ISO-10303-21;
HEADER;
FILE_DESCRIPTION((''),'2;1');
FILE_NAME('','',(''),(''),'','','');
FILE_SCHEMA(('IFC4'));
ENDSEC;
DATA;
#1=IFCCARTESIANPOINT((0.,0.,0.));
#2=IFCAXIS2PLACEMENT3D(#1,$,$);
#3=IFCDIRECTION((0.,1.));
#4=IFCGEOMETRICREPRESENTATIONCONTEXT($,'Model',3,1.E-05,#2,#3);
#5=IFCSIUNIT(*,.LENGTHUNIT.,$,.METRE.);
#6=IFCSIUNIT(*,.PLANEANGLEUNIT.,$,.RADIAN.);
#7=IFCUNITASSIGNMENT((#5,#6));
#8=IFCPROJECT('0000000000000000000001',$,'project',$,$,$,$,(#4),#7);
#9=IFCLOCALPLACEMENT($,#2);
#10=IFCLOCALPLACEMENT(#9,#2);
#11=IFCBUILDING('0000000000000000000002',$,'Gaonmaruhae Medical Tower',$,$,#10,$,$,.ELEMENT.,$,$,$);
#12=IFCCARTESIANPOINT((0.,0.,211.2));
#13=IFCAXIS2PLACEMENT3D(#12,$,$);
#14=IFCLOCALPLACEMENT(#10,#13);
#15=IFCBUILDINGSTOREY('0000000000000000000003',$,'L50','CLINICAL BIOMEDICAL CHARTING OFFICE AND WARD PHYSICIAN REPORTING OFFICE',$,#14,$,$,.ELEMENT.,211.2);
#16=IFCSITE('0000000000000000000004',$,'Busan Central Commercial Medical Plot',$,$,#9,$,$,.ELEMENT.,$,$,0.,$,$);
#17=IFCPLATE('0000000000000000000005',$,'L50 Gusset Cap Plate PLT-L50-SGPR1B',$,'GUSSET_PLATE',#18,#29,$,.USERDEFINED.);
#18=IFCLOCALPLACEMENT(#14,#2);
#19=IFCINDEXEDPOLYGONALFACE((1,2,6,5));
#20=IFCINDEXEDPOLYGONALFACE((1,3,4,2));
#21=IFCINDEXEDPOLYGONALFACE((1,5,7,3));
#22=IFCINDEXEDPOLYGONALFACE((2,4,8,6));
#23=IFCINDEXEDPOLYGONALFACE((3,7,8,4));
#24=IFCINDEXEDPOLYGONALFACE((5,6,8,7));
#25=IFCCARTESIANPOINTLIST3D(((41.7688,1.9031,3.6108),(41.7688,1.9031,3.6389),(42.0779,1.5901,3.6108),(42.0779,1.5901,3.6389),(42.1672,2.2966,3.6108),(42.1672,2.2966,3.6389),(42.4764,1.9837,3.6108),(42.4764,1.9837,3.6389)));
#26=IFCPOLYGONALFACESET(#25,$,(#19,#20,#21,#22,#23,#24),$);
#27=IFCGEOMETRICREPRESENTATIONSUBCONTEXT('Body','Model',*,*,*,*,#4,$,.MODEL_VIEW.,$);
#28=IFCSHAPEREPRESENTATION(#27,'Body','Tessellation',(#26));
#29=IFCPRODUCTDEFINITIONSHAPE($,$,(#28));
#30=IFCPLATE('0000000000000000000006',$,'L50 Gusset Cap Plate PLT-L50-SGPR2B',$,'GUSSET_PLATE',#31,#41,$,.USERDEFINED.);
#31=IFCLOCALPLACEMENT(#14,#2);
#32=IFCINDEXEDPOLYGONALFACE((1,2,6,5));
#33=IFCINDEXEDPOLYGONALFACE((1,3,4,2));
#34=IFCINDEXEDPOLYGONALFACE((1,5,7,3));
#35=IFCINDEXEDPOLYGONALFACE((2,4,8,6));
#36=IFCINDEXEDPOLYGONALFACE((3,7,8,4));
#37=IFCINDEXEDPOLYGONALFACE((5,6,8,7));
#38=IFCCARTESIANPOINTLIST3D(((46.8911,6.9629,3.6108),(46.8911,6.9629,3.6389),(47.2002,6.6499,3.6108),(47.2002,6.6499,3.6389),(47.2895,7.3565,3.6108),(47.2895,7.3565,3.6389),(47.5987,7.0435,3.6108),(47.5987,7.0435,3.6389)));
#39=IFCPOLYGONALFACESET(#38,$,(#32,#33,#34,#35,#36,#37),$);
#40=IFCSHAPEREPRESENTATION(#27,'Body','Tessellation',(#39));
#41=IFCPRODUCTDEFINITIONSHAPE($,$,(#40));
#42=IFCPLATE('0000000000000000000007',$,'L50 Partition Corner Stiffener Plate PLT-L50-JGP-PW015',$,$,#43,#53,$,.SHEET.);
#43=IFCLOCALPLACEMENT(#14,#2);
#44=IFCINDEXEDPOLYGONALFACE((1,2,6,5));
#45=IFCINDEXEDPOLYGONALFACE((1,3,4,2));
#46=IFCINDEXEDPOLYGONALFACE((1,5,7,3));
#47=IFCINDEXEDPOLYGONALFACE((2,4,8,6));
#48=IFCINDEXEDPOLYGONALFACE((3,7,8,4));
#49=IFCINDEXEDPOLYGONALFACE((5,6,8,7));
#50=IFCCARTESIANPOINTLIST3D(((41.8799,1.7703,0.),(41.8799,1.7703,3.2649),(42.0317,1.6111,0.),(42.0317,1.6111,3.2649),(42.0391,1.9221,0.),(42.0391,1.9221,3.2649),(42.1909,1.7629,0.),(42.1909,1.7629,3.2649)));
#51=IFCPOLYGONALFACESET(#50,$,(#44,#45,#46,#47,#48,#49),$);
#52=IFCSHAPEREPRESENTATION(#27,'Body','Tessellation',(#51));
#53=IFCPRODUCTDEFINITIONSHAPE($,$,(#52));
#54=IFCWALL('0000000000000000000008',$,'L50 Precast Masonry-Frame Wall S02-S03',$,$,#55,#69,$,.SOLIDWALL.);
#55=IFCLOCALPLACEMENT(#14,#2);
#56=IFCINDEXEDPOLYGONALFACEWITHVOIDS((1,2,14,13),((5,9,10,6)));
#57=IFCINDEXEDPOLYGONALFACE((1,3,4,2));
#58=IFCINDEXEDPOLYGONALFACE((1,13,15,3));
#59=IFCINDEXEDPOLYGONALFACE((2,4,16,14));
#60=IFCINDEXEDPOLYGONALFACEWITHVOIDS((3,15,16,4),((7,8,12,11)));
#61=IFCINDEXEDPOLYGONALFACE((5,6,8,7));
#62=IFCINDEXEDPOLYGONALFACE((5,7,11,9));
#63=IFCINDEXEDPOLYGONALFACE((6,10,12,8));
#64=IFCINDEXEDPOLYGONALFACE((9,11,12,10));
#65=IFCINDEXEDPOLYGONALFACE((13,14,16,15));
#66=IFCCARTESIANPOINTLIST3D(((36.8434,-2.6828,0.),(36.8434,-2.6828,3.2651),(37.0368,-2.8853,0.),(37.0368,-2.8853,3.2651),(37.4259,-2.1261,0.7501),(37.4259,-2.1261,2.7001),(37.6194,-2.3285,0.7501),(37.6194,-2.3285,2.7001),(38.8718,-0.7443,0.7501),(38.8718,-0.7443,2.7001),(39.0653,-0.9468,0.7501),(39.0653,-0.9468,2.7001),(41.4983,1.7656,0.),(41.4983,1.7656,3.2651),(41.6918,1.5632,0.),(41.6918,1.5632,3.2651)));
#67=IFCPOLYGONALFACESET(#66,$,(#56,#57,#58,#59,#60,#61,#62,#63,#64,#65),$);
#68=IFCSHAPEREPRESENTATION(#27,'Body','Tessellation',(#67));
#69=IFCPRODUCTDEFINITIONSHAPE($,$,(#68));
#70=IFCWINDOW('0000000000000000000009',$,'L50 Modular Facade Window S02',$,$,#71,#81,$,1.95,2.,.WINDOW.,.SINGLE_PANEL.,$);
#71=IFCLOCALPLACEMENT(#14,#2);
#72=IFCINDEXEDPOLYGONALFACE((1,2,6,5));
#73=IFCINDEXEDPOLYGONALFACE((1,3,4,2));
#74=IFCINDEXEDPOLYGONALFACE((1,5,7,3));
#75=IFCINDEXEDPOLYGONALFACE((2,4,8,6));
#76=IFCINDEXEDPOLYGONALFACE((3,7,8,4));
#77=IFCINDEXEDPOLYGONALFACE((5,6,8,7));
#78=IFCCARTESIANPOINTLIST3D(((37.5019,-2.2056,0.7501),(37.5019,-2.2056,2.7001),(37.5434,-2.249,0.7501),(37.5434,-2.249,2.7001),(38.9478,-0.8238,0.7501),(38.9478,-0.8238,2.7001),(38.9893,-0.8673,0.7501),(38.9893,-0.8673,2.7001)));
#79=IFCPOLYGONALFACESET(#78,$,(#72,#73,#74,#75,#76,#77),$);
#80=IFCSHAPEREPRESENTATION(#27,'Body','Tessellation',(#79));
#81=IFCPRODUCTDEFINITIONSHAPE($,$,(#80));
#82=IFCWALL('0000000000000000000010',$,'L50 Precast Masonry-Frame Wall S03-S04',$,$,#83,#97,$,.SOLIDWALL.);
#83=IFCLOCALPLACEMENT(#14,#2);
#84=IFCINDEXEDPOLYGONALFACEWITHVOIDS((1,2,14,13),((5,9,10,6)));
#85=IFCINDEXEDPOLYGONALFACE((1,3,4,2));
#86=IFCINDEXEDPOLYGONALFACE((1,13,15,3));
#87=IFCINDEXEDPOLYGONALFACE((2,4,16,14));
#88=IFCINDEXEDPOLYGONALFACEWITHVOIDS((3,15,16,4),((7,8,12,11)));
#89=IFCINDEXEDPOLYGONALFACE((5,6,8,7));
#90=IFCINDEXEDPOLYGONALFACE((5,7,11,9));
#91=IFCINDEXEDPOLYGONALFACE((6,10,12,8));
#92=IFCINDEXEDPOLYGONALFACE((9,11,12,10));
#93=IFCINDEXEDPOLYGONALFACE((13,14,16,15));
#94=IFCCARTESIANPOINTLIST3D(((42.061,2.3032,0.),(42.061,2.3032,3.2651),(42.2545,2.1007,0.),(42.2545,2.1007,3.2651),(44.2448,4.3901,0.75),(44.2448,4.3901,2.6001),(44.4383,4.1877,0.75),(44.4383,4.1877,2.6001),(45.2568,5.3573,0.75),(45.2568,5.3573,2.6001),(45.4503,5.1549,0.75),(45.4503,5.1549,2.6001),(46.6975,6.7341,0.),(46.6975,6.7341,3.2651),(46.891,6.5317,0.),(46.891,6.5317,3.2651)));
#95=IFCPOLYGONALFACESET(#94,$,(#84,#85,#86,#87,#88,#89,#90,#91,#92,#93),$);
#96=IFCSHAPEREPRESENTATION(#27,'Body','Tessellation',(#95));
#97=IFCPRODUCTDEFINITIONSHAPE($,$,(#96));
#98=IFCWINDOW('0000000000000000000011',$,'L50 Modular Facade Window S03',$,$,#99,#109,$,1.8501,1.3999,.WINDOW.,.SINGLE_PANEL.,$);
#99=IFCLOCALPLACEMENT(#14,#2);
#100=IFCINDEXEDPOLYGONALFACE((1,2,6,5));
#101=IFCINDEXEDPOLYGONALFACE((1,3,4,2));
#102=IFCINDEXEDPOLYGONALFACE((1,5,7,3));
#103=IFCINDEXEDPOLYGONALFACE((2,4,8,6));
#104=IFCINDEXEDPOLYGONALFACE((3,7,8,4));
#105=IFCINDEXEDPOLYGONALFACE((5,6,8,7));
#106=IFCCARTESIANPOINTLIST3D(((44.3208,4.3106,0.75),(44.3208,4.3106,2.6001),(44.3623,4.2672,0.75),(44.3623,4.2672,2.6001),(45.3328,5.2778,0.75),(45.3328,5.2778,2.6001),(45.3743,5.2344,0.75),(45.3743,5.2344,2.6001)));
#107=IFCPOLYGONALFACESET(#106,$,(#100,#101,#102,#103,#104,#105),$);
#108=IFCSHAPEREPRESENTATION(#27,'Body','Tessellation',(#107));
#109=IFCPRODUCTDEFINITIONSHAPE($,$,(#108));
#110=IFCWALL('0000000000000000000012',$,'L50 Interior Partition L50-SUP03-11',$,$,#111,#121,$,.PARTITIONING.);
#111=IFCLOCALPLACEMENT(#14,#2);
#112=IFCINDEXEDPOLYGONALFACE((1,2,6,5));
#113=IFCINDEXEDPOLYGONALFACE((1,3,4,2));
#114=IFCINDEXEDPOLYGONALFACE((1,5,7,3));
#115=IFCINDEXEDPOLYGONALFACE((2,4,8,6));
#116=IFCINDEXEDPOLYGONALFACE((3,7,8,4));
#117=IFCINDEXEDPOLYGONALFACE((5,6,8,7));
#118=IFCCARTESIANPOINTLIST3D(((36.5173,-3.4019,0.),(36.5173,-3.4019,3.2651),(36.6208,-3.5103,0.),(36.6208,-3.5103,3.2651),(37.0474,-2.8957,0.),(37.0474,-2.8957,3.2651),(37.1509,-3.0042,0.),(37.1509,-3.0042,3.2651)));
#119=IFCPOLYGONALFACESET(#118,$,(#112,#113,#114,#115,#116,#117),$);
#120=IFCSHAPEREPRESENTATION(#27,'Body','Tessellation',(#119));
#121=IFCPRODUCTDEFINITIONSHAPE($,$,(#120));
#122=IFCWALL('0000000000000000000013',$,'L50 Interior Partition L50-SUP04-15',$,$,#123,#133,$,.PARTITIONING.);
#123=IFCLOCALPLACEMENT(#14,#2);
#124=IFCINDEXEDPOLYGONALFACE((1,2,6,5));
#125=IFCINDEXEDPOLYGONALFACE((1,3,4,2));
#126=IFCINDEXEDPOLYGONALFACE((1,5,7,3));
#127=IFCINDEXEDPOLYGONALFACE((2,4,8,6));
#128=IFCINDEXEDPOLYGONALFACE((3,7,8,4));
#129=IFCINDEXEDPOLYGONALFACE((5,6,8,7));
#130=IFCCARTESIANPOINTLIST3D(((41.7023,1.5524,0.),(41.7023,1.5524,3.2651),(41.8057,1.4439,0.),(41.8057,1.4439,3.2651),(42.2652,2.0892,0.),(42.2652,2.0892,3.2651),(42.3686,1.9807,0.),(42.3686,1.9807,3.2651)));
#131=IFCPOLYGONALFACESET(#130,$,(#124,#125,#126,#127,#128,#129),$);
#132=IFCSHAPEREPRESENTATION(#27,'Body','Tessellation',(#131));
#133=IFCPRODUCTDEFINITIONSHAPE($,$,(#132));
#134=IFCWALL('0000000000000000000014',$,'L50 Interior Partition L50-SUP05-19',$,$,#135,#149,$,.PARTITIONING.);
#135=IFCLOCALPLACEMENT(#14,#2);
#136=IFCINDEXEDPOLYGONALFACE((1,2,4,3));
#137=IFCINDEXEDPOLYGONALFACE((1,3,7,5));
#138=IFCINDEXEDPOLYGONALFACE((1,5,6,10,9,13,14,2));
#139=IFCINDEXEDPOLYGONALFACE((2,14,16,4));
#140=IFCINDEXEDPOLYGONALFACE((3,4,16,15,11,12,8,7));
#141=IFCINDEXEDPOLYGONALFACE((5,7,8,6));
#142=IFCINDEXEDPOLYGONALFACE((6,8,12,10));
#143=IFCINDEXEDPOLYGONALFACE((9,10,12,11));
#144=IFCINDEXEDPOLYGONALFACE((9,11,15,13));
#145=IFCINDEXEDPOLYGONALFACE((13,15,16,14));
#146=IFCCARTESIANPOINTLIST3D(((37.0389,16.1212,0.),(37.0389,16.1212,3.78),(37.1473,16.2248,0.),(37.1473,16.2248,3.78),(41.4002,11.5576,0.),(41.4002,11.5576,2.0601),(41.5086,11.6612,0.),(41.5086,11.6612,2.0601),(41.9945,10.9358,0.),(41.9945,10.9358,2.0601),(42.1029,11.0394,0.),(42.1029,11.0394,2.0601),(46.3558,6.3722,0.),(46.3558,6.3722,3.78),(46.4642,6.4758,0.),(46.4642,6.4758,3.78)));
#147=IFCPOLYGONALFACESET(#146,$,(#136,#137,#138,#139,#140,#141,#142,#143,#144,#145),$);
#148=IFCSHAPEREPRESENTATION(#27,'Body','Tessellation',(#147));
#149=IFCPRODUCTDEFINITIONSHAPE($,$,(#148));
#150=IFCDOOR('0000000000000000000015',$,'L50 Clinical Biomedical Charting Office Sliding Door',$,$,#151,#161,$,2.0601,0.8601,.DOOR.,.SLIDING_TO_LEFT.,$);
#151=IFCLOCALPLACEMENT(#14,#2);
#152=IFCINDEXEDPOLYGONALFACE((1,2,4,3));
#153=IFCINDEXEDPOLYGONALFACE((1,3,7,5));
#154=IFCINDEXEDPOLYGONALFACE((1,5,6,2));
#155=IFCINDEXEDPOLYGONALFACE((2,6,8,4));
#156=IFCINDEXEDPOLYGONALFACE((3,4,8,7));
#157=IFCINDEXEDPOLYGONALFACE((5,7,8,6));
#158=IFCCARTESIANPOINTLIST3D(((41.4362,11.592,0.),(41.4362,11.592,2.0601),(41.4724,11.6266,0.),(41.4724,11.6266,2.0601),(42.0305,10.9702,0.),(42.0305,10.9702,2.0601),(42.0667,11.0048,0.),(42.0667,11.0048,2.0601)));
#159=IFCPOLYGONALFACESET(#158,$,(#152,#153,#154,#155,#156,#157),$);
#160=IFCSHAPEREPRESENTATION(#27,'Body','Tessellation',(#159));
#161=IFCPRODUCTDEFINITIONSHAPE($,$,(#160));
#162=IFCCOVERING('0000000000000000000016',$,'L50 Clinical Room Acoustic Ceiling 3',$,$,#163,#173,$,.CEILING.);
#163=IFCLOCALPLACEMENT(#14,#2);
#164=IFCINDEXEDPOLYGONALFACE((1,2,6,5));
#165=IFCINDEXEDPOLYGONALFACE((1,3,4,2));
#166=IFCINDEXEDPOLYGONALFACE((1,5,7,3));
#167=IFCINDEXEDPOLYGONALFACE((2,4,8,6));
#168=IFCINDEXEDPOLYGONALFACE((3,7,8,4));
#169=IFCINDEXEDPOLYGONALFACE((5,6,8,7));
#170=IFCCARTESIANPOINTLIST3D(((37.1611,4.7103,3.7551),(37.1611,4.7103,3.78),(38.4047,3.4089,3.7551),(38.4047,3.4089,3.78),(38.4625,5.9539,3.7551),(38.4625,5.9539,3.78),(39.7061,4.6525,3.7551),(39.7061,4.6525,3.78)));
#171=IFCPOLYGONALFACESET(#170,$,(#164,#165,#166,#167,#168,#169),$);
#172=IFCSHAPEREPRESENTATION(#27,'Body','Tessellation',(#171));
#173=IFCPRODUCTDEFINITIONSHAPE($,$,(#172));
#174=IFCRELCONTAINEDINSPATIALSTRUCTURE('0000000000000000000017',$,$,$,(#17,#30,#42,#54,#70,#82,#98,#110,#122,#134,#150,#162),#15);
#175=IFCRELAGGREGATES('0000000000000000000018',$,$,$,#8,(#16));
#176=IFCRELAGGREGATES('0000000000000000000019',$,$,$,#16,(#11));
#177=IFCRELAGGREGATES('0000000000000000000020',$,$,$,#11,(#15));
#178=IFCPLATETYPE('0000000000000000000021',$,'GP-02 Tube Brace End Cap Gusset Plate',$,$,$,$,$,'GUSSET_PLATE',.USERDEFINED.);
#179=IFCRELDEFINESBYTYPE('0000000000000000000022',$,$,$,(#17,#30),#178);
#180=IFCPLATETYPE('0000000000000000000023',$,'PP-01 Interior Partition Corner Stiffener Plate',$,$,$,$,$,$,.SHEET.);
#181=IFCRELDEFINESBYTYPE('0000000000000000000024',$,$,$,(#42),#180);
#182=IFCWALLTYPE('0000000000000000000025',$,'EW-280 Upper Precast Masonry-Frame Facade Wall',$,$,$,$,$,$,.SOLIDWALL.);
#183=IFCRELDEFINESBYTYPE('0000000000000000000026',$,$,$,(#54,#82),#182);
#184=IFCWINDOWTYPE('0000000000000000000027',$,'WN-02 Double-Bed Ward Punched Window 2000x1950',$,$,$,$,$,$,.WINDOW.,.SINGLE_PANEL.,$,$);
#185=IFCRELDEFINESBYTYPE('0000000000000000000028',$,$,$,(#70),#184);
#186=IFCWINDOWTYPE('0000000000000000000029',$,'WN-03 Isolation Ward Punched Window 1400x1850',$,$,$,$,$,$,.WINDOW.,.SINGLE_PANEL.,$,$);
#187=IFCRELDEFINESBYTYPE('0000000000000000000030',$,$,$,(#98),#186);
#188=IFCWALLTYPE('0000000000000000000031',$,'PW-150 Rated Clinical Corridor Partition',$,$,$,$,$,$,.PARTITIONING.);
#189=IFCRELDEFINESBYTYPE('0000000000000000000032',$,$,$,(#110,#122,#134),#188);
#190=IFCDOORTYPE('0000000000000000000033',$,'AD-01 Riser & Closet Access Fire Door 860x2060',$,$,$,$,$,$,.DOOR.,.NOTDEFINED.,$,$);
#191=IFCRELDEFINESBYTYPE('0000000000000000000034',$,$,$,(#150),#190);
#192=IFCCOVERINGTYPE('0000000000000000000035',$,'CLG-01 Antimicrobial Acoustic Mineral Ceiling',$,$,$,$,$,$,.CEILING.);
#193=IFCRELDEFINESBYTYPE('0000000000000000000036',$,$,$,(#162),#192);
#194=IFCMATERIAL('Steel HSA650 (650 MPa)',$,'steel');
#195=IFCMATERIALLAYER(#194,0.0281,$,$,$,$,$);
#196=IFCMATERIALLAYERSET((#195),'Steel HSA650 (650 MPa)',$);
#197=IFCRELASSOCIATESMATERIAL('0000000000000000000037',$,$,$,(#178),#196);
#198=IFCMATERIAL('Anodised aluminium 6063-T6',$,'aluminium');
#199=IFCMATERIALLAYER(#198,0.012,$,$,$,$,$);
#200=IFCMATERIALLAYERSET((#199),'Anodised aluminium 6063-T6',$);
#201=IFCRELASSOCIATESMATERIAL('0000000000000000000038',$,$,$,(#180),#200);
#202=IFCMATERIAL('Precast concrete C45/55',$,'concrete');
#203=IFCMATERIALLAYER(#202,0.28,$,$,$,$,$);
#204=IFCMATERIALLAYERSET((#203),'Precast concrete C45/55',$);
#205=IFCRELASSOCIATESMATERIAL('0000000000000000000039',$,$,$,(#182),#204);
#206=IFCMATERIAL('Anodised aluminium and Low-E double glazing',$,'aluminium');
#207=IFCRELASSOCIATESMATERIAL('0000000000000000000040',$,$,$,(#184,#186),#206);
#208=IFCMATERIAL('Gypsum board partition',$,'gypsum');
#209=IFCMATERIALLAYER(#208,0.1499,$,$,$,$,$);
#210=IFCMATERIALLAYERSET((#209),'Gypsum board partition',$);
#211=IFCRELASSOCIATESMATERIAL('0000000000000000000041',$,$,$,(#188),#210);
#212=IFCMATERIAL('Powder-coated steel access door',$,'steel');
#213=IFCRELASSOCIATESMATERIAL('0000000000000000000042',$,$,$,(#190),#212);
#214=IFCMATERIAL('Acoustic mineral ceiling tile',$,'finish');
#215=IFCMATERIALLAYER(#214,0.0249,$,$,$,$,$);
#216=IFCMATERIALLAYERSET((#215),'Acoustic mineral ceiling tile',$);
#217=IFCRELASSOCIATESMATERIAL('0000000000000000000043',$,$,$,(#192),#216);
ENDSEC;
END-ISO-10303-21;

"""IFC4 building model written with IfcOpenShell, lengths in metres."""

from ifc_helpers import new_model, si_unit, direction, frame, frame_2d, origin, origin_2d, place, context, subcontext, project, spatial, rectangle, extrude, material, layer, layer_set, type_object, element, fill, save


model = new_model("IFC4")

# Units and contexts
model_context = context("Model", 3, precision=1e-05, world=origin(), true_north=direction((0.0, 1.0)))
body_context = subcontext(model_context, "Body", "Model", "MODEL_VIEW")
ifc_project = project(units=[si_unit("LENGTHUNIT", "METRE"), si_unit("PLANEANGLEUNIT", "RADIAN")], contexts=[model_context])

# Site, building, storey
site_placement = place(None, origin())
site = spatial("IfcSite", under=ifc_project, at=site_placement, Name="Busan Central Commercial Medical Plot", CompositionType="ELEMENT", RefElevation=0.0)
building_placement = place(site_placement, origin())
building = spatial("IfcBuilding", under=site, at=building_placement, Name="Gaonmaruhae Medical Tower", CompositionType="ELEMENT")
storey_placement = place(building_placement, frame((0.0, 0.0, 211.2)))
storey = spatial("IfcBuildingStorey", under=building, at=storey_placement, Name="L50", Description="CLINICAL BIOMEDICAL CHARTING OFFICE AND WARD PHYSICIAN REPORTING OFFICE", CompositionType="ELEMENT", Elevation=211.2)

# Shared definitions
ifc_material_1 = material(Name="Anodised aluminium and Low-E double glazing", Category="aluminium")
ifc_material_2 = material(Name="Anodised aluminium 6063-T6", Category="aluminium")

# Plates
ifc_material_3 = material(Name="Steel HSA650 (650 MPa)", Category="steel")
ifc_layer_1 = layer(ifc_material_3, 0.0281)
ifc_layer_set_1 = layer_set([ifc_layer_1], Name="Steel HSA650 (650 MPa)")
plate_type_1 = type_object("IfcPlateType", Name="GP-02 Tube Brace End Cap Gusset Plate", ElementType="GUSSET_PLATE", PredefinedType="USERDEFINED", material=ifc_layer_set_1)
for number, where, z_axis, x_axis, name in (
    (1, (42.1226, 1.9434, 3.6108), (0.0, 0.0, 1.0), (0.711413, 0.702774, 0.0), "L50 Gusset Cap Plate PLT-L50-SGPR1B"),
    (2, (47.2449, 7.0032, 3.6108), (0.0, 0.0, 1.0), (0.711413, 0.702774, 0.0), "L50 Gusset Cap Plate PLT-L50-SGPR2B"),
):
    element("IfcPlate", number, at=place(storey_placement, frame(where, z_axis=z_axis, x_axis=x_axis)), inside=storey, type_object=plate_type_1, Name=name, ObjectType="GUSSET_PLATE", PredefinedType="USERDEFINED", context=body_context, shape_type="SweptSolid", body=[
        extrude(rectangle(XDim=0.5601, YDim=0.4399, at=origin_2d()), origin(), (0.0, 0.0, 1.0), 0.0281),
    ])
ifc_layer_2 = layer(ifc_material_2, 0.012)
ifc_layer_set_2 = layer_set([ifc_layer_2], Name="Anodised aluminium 6063-T6")
plate_type_2 = type_object("IfcPlateType", Name="PP-01 Interior Partition Corner Stiffener Plate", PredefinedType="SHEET", material=ifc_layer_set_2)
plate_placement = place(storey_placement, frame((42.0354, 1.7666, 0.0), z_axis=(0.0, 0.0, 1.0), x_axis=(-0.723618, -0.690201, 0.0)))
element("IfcPlate", 3, at=plate_placement, inside=storey, type_object=plate_type_2, Name="L50 Partition Corner Stiffener Plate PLT-L50-JGP-PW015", PredefinedType="SHEET", context=body_context, shape_type="SweptSolid", body=[
    extrude(rectangle(XDim=0.22, YDim=0.22, at=origin_2d()), origin(), (0.0, 0.0, 1.0), 3.2649),
])

# Walls, openings, windows
ifc_material_4 = material(Name="Precast concrete C45/55", Category="concrete")
ifc_layer_3 = layer(ifc_material_4, 0.28)
ifc_layer_set_3 = layer_set([ifc_layer_3], Name="Precast concrete C45/55")
wall_type_1 = type_object("IfcWallType", Name="EW-280 Upper Precast Masonry-Frame Facade Wall", PredefinedType="SOLIDWALL", material=ifc_layer_set_3)
wall_1_placement = place(storey_placement, frame((41.595, 1.6643, 0.0), z_axis=(0.0, 0.0, 1.0), x_axis=(-0.722964, -0.690886, 0.0)))
wall_1 = element("IfcWall", 4, at=wall_1_placement, inside=storey, type_object=wall_type_1, Name="L50 Precast Masonry-Frame Wall S02-S03", PredefinedType="SOLIDWALL", context=body_context, shape_type="SweptSolid", body=[
    extrude(rectangle(XDim=6.4387, YDim=0.28, at=frame_2d((3.2192, 0.0))), origin(), (0.0, 0.0, 1.0), 3.2651),
])
opening_1_placement = place(wall_1_placement, frame((3.6328, 0.0, 0.75)))
opening_1 = element("IfcOpeningElement", 5, at=opening_1_placement, cuts=wall_1, PredefinedType="OPENING", context=body_context, shape_type="SweptSolid", body=[
    extrude(rectangle(XDim=2.0, YDim=1.95, at=frame_2d((1.0, 0.9751))), frame((0.0, 0.1499, 0.0), z_axis=(0.0, -1.0, 0.0), x_axis=(1.0, 0.0, 0.0)), (0.0, 0.0, 1.0), 0.3),
])
window_type_1 = type_object("IfcWindowType", Name="WN-02 Double-Bed Ward Punched Window 2000x1950", PartitioningType="SINGLE_PANEL", PredefinedType="WINDOW", material=ifc_material_1)
window_1_placement = place(opening_1_placement, origin())
window_1 = element("IfcWindow", 6, at=window_1_placement, inside=storey, type_object=window_type_1, Name="L50 Modular Facade Window S02", OverallHeight=1.95, OverallWidth=2.0, PartitioningType="SINGLE_PANEL", PredefinedType="WINDOW", context=body_context, shape_type="SweptSolid", body=[
    extrude(rectangle(XDim=2.0, YDim=1.95, at=frame_2d((1.0, 0.9751))), frame((0.0, 0.03, 0.0), z_axis=(0.0, -1.0, 0.0), x_axis=(1.0, 0.0, 0.0)), (0.0, 0.0, 1.0), 0.0601),
])
fill(opening_1, window_1)
wall_2_placement = place(storey_placement, frame((46.7942, 6.6328, 0.0), z_axis=(0.0, 0.0, 1.0), x_axis=(-0.722952, -0.690898, 0.0)))
wall_2 = element("IfcWall", 7, at=wall_2_placement, inside=storey, type_object=wall_type_1, Name="L50 Precast Masonry-Frame Wall S03-S04", PredefinedType="SOLIDWALL", context=body_context, shape_type="SweptSolid", body=[
    extrude(rectangle(XDim=6.4133, YDim=0.28, at=frame_2d((3.2065, 0.0))), origin(), (0.0, 0.0, 1.0), 3.2651),
])
opening_2_placement = place(wall_2_placement, frame((1.9927, 0.0, 0.75)))
opening_2 = element("IfcOpeningElement", 8, at=opening_2_placement, cuts=wall_2, PredefinedType="OPENING", context=body_context, shape_type="SweptSolid", body=[
    extrude(rectangle(XDim=1.3999, YDim=1.8501, at=frame_2d((0.7, 0.925))), frame((0.0, 0.1499, 0.0), z_axis=(0.0, -1.0, 0.0), x_axis=(1.0, 0.0, 0.0)), (0.0, 0.0, 1.0), 0.3),
])
window_type_2 = type_object("IfcWindowType", Name="WN-03 Isolation Ward Punched Window 1400x1850", PartitioningType="SINGLE_PANEL", PredefinedType="WINDOW", material=ifc_material_1)
window_2_placement = place(opening_2_placement, origin())
window_2 = element("IfcWindow", 9, at=window_2_placement, inside=storey, type_object=window_type_2, Name="L50 Modular Facade Window S03", OverallHeight=1.8501, OverallWidth=1.3999, PartitioningType="SINGLE_PANEL", PredefinedType="WINDOW", context=body_context, shape_type="SweptSolid", body=[
    extrude(rectangle(XDim=1.3999, YDim=1.8501, at=frame_2d((0.7, 0.925))), frame((0.0, 0.03, 0.0), z_axis=(0.0, -1.0, 0.0), x_axis=(1.0, 0.0, 0.0)), (0.0, 0.0, 1.0), 0.0601),
])
fill(opening_2, window_2)

# Walls
ifc_material_5 = material(Name="Gypsum board partition", Category="gypsum")
ifc_layer_4 = layer(ifc_material_5, 0.1499)
ifc_layer_set_4 = layer_set([ifc_layer_4], Name="Gypsum board partition")
wall_type_2 = type_object("IfcWallType", Name="PW-150 Rated Clinical Corridor Partition", PredefinedType="PARTITIONING", material=ifc_layer_set_4)
wall_3_placement = place(storey_placement, frame((37.0991, -2.95, 0.0), z_axis=(0.0, 0.0, 1.0), x_axis=(-0.723242, -0.690595, 0.0)))
element("IfcWall", 10, at=wall_3_placement, inside=storey, type_object=wall_type_2, Name="L50 Interior Partition L50-SUP03-11", PredefinedType="PARTITIONING", context=body_context, shape_type="SweptSolid", body=[
    extrude(rectangle(XDim=0.7329, YDim=0.1499, at=frame_2d((0.3665, 0.0))), origin(), (0.0, 0.0, 1.0), 3.2651),
])
wall_4_placement = place(storey_placement, frame((42.3169, 2.0349, 0.0), z_axis=(0.0, 0.0, 1.0), x_axis=(-0.723697, -0.690117, 0.0)))
element("IfcWall", 11, at=wall_4_placement, inside=storey, type_object=wall_type_2, Name="L50 Interior Partition L50-SUP04-15", PredefinedType="PARTITIONING", context=body_context, shape_type="SweptSolid", body=[
    extrude(rectangle(XDim=0.7778, YDim=0.1499, at=frame_2d((0.3889, 0.0))), origin(), (0.0, 0.0, 1.0), 3.2651),
])

# Wall, opening, door
wall_5_placement = place(storey_placement, frame((37.093, 16.1731, 0.0), z_axis=(0.0, 0.0, 1.0), x_axis=(0.690903, -0.722948, 0.0)))
wall_5 = element("IfcWall", 12, at=wall_5_placement, inside=storey, type_object=wall_type_2, Name="L50 Interior Partition L50-SUP05-19", PredefinedType="PARTITIONING", context=body_context, shape_type="SweptSolid", body=[
    extrude(rectangle(XDim=13.4851, YDim=0.1499, at=frame_2d((6.7427, 0.0))), origin(), (0.0, 0.0, 1.0), 3.78),
])
opening_3_placement = place(wall_5_placement, frame((6.3125, 0.0, 0.0)))
opening_3 = element("IfcOpeningElement", 13, at=opening_3_placement, cuts=wall_5, PredefinedType="OPENING", context=body_context, shape_type="SweptSolid", body=[
    extrude(rectangle(XDim=0.8601, YDim=2.0601, at=frame_2d((0.4302, 1.03))), frame((0.0, 0.085, 0.0), z_axis=(0.0, -1.0, 0.0), x_axis=(1.0, 0.0, 0.0)), (0.0, 0.0, 1.0), 0.1699),
])
ifc_material_6 = material(Name="Powder-coated steel access door", Category="steel")
door_type_1 = type_object("IfcDoorType", Name="AD-01 Riser & Closet Access Fire Door 860x2060", OperationType="NOTDEFINED", PredefinedType="DOOR", material=ifc_material_6)
door_1_placement = place(opening_3_placement, origin())
door_1 = element("IfcDoor", 14, at=door_1_placement, inside=storey, type_object=door_type_1, Name="L50 Clinical Biomedical Charting Office Sliding Door", OperationType="SLIDING_TO_LEFT", OverallHeight=2.0601, OverallWidth=0.8601, PredefinedType="DOOR", context=body_context, shape_type="SweptSolid", body=[
    extrude(rectangle(XDim=0.8601, YDim=2.0601, at=frame_2d((0.4302, 1.03))), frame((0.0, 0.0249, 0.0), z_axis=(0.0, -1.0, 0.0), x_axis=(1.0, 0.0, 0.0)), (0.0, 0.0, 1.0), 0.05),
])
fill(opening_3, door_1)

# Covering
ifc_material_7 = material(Name="Acoustic mineral ceiling tile", Category="finish")
ifc_layer_5 = layer(ifc_material_7, 0.0249)
ifc_layer_set_5 = layer_set([ifc_layer_5], Name="Acoustic mineral ceiling tile")
covering_type_1 = type_object("IfcCoveringType", Name="CLG-01 Antimicrobial Acoustic Mineral Ceiling", PredefinedType="CEILING", material=ifc_layer_set_5)
for number, where, z_axis, x_axis, name in (
    (15, (38.4336, 4.6814, 3.7551), (0.0, 0.0, 1.0), (0.722967, 0.690882, 0.0), "L50 Clinical Room Acoustic Ceiling 3"),
):
    element("IfcCovering", number, at=place(storey_placement, frame(where, z_axis=z_axis, x_axis=x_axis)), inside=storey, type_object=covering_type_1, Name=name, PredefinedType="CEILING", context=body_context, shape_type="SweptSolid", body=[
        extrude(rectangle(XDim=1.8, YDim=1.8, at=origin_2d()), origin(), (0.0, 0.0, 1.0), 0.0249),
    ])

save(model, "model.ifc")
